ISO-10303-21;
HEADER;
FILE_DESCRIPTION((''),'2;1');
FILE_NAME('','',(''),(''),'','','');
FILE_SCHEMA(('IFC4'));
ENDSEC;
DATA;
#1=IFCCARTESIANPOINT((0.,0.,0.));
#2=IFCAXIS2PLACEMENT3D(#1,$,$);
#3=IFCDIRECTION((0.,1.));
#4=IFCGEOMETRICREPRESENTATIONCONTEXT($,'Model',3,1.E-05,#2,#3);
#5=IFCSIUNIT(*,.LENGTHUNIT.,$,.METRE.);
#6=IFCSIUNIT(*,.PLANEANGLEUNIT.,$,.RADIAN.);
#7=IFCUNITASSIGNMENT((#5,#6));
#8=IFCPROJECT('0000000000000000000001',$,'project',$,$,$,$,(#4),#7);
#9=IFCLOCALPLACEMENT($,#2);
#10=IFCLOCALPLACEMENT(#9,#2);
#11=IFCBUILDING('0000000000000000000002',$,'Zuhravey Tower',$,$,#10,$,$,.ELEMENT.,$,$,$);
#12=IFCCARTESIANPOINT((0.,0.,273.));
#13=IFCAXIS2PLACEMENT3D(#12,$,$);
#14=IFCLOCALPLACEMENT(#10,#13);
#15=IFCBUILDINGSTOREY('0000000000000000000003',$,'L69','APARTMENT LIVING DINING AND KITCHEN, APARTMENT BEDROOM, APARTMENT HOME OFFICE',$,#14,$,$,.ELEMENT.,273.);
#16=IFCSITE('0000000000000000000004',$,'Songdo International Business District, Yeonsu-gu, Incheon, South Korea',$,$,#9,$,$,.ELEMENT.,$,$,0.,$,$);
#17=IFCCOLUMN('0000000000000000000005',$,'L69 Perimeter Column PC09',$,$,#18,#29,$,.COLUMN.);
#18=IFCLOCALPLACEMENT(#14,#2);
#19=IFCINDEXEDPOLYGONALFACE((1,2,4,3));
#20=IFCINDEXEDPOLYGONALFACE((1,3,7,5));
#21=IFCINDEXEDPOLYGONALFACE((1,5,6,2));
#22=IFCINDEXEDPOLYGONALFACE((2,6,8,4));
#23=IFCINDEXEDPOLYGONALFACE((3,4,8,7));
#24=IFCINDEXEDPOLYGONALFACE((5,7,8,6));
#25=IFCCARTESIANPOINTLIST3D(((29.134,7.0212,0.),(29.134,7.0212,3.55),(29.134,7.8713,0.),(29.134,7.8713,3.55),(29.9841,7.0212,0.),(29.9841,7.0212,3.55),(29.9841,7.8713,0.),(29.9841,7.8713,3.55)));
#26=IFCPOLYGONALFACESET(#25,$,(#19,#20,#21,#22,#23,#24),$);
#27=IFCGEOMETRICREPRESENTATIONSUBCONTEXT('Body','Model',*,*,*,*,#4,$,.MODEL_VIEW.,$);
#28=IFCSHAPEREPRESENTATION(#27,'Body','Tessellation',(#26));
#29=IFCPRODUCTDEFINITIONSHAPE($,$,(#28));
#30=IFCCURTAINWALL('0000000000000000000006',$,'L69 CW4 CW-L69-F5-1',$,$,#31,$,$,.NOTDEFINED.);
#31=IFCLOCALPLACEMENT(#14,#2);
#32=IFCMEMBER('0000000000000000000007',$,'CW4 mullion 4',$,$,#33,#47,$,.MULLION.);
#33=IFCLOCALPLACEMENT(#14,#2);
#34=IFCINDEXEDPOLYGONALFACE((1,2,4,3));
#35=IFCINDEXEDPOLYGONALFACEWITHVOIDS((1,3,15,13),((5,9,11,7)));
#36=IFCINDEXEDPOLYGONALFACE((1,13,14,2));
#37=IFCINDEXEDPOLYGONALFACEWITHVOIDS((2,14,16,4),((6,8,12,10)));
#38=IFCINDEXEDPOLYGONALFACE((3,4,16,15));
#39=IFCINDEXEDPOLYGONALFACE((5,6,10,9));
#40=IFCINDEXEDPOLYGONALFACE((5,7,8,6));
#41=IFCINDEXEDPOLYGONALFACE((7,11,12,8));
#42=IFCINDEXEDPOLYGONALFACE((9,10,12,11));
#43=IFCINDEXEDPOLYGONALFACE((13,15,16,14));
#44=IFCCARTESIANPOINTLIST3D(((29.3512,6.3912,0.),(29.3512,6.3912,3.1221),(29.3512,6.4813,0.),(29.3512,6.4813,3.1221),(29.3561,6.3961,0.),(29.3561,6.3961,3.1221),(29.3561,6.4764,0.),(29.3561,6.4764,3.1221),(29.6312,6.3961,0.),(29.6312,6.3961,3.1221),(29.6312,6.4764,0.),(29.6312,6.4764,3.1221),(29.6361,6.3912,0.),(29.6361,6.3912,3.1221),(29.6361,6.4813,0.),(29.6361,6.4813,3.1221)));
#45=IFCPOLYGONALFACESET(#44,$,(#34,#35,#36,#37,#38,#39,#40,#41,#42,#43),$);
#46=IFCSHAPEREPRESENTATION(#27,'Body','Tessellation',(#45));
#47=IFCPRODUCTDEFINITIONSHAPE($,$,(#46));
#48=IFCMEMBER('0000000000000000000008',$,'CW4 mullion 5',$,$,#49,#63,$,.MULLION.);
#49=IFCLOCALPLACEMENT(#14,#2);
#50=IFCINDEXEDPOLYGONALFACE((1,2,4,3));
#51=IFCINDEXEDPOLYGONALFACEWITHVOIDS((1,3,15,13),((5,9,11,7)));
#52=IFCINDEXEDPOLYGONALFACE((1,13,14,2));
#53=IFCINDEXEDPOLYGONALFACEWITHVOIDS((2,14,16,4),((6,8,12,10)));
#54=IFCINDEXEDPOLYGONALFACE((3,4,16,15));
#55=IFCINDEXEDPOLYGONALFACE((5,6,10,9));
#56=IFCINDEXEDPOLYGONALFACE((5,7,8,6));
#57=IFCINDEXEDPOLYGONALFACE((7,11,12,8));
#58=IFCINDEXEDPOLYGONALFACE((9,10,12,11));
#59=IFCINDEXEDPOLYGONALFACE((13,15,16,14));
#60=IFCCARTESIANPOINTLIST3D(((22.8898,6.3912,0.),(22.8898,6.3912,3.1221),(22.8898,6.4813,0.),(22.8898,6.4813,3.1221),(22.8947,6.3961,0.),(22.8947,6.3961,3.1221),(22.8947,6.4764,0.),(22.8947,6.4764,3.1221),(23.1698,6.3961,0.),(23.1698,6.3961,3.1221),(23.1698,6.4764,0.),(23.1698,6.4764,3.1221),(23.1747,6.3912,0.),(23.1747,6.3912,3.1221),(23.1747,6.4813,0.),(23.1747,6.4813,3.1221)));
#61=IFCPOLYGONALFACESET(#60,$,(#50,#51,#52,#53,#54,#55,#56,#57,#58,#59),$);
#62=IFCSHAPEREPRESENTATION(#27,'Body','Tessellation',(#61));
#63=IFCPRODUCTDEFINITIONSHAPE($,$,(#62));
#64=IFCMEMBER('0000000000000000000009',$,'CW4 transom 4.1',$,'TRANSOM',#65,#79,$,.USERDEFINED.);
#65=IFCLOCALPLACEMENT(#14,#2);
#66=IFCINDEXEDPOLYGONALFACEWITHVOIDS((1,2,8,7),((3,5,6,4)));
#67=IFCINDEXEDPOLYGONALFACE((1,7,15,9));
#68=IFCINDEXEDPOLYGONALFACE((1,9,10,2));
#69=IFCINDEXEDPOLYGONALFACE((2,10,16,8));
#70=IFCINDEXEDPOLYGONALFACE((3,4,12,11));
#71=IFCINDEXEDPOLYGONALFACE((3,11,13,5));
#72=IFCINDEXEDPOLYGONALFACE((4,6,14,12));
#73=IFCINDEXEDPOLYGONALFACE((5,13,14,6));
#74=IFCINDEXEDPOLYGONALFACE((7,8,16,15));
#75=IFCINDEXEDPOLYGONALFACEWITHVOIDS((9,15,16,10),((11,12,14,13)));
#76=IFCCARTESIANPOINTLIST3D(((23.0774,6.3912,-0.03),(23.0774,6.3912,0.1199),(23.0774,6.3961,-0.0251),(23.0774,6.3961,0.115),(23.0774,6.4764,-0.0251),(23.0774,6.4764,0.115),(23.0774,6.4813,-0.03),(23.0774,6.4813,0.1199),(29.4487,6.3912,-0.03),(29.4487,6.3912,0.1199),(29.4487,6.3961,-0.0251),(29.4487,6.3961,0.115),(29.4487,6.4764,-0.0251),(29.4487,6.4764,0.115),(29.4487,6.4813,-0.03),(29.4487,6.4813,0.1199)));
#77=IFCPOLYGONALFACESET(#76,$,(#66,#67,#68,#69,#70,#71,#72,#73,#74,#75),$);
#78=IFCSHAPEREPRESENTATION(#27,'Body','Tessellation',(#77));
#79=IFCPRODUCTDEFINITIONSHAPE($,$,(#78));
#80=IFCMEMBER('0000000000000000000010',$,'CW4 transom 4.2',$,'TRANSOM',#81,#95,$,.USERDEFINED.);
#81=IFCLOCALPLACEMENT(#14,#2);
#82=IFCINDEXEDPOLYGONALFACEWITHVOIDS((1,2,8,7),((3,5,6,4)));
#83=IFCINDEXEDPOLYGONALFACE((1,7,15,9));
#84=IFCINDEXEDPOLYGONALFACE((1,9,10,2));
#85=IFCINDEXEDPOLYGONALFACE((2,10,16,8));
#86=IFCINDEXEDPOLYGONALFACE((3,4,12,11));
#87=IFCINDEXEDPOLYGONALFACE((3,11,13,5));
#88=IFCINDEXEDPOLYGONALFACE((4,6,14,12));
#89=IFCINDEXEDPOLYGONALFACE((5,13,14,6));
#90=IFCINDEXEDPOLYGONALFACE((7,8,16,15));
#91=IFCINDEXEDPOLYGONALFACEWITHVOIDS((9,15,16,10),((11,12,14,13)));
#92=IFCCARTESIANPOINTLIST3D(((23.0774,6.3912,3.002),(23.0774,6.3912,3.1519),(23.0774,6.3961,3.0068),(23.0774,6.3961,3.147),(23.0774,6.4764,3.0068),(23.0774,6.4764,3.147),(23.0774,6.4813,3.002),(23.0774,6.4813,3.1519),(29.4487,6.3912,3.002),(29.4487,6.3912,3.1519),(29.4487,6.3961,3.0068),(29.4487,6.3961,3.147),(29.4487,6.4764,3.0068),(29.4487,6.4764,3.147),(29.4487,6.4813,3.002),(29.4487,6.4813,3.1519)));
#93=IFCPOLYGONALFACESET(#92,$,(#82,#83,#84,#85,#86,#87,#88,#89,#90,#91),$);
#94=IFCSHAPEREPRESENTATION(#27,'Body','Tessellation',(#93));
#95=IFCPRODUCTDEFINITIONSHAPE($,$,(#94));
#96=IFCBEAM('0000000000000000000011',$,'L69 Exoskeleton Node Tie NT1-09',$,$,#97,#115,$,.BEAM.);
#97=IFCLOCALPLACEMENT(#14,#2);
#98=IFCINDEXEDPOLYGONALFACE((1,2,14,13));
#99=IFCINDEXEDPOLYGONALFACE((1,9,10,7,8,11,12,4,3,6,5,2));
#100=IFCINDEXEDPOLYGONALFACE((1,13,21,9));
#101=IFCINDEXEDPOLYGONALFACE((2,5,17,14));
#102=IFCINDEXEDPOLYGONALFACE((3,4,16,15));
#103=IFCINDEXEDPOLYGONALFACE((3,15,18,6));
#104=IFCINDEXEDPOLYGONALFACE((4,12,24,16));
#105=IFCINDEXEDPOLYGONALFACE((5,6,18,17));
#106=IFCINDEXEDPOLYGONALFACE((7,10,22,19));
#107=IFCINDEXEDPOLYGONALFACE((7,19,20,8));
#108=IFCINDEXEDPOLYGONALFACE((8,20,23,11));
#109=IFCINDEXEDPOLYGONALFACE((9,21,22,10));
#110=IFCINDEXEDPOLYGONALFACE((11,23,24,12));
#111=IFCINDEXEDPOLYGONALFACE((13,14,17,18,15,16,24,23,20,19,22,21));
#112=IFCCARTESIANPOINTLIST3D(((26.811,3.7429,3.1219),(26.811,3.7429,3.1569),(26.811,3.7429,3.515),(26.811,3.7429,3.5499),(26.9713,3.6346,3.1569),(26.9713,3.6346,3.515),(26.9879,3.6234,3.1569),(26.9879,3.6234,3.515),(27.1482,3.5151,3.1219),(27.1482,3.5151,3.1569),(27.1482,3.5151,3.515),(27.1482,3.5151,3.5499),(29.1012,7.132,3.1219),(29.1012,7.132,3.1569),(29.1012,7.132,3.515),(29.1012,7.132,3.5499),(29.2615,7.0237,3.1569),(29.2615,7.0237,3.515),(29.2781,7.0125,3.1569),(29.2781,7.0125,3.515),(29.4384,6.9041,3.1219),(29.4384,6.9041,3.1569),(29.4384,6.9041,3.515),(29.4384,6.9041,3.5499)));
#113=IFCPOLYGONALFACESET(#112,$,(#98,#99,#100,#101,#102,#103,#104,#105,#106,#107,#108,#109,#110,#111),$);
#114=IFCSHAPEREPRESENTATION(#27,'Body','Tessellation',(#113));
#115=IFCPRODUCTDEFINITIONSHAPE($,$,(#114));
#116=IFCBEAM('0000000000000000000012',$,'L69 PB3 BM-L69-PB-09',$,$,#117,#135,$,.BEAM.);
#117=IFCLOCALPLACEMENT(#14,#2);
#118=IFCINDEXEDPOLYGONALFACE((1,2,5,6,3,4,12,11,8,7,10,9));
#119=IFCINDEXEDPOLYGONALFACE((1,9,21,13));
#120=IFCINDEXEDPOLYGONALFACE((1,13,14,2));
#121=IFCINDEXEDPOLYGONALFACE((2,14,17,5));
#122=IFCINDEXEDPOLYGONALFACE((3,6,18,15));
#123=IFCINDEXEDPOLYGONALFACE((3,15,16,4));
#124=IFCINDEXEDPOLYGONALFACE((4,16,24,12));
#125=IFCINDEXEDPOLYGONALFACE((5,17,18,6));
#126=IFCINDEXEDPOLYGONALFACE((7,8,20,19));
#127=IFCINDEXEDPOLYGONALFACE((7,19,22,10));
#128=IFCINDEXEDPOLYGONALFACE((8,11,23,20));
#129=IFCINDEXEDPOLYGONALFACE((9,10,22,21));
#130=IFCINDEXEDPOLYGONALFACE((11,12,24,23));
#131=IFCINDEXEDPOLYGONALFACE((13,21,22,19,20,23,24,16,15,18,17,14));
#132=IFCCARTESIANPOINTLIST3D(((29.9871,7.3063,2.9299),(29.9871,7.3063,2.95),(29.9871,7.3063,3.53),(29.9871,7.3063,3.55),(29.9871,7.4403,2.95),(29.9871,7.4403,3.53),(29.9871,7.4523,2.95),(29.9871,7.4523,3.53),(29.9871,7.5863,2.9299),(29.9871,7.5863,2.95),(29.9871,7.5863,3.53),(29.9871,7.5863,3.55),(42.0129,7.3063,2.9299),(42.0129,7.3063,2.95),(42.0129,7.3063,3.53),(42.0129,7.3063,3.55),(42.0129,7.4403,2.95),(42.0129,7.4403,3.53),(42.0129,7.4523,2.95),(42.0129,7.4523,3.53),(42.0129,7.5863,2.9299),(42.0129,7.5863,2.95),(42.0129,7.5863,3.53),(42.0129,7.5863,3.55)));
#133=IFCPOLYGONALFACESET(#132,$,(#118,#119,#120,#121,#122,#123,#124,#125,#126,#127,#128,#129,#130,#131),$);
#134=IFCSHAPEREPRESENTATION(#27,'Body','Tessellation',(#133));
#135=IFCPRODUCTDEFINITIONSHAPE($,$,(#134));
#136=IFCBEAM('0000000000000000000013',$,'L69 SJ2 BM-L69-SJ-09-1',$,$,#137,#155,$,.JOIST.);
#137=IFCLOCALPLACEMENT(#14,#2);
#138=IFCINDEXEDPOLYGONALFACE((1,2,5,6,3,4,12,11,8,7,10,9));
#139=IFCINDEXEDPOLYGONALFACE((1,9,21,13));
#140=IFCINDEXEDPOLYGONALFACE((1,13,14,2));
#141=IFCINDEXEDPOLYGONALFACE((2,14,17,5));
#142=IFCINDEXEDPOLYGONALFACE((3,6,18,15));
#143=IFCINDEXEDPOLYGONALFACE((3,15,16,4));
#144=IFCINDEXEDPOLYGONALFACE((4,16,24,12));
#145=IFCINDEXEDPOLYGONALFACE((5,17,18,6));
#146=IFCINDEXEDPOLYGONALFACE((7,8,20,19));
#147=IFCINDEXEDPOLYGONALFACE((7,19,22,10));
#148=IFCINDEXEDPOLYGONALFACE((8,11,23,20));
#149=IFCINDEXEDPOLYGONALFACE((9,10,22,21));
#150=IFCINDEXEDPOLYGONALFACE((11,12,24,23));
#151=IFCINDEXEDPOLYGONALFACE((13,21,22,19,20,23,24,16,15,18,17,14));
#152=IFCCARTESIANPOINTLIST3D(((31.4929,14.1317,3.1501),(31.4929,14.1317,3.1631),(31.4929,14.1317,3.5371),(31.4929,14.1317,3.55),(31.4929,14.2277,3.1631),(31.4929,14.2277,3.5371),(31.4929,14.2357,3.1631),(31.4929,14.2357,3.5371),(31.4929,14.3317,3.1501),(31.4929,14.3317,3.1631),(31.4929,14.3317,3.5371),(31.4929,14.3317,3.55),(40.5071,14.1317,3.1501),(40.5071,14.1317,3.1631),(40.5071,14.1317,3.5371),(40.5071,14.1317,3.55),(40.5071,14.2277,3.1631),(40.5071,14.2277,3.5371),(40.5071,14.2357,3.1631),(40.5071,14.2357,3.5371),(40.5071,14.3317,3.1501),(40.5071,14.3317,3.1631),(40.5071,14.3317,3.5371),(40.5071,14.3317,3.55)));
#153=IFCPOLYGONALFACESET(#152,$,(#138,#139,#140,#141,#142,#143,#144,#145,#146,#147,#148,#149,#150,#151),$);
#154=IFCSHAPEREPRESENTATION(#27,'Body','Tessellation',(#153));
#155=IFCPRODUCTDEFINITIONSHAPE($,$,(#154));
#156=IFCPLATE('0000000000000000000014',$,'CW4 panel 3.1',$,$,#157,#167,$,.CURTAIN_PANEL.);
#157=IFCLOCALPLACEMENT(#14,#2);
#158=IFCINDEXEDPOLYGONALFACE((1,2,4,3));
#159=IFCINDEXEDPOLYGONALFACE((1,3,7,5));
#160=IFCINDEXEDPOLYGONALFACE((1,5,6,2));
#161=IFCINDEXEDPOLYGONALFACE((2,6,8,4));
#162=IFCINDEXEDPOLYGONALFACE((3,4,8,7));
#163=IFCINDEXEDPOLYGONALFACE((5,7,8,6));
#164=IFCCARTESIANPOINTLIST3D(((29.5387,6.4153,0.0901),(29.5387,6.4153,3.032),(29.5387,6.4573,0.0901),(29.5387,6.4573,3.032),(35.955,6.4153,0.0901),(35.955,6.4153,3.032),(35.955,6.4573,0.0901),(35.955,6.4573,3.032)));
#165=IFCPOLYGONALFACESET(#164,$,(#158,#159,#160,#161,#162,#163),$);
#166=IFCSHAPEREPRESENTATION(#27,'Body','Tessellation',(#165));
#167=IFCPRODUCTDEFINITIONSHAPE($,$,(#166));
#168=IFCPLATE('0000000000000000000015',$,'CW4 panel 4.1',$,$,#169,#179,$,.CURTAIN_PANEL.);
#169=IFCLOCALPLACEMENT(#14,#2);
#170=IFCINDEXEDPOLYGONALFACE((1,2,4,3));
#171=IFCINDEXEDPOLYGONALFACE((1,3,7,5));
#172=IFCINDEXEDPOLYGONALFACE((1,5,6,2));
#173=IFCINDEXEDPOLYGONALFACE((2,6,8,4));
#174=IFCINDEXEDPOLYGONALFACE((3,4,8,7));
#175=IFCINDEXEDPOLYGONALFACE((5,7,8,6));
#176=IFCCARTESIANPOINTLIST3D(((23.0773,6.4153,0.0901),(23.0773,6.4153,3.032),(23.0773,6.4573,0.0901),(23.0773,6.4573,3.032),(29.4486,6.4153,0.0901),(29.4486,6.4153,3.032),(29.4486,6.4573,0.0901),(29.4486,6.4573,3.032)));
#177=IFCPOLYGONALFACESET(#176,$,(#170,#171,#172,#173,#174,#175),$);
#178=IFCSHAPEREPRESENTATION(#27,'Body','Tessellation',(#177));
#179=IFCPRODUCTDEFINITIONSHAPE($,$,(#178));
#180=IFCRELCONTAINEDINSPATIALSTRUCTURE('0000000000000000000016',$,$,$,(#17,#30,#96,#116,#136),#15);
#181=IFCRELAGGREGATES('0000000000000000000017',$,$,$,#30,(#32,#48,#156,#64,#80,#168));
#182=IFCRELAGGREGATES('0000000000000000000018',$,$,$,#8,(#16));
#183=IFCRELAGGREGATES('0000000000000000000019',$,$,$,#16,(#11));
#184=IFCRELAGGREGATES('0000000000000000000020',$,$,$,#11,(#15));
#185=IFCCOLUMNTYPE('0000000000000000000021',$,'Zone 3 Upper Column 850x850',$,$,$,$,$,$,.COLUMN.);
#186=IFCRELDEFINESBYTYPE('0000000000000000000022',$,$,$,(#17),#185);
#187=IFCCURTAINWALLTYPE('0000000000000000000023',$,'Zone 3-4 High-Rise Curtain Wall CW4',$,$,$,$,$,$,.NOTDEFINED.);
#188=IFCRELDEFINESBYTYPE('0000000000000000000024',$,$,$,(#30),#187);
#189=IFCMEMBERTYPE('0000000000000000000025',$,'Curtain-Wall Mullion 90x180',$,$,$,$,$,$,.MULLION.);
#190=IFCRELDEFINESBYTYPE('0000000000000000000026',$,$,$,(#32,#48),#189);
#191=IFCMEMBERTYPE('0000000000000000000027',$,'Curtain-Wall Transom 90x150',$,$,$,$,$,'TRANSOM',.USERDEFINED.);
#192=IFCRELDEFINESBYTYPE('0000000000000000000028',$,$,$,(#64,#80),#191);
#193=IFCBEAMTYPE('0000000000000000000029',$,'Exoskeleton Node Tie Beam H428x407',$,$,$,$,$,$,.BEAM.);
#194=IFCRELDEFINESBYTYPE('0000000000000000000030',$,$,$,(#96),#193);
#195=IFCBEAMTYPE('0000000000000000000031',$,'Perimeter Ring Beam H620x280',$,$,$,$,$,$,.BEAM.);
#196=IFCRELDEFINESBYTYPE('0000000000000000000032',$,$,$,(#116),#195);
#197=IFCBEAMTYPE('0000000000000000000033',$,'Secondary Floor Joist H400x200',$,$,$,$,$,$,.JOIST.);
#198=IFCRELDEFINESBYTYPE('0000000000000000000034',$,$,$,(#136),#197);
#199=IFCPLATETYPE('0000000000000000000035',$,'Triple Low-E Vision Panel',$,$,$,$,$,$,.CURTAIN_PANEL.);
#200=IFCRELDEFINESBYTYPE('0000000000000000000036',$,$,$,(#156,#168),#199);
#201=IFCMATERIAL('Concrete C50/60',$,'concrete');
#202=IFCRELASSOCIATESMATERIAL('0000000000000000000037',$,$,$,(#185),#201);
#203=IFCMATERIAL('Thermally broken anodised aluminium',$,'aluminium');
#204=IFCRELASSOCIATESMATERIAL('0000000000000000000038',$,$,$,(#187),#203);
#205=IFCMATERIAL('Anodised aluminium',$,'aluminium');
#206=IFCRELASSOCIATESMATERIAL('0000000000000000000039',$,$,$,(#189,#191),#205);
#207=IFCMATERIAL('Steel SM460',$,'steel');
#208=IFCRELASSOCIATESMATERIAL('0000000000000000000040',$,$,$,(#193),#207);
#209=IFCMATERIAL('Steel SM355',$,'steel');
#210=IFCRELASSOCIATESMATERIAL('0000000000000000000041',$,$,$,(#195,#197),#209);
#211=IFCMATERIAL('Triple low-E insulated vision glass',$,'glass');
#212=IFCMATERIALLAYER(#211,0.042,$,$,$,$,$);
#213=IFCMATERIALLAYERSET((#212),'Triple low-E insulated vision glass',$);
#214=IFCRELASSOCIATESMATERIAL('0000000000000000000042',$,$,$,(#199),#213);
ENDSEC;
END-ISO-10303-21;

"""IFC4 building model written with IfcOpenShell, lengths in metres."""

from ifc_helpers import new_model, si_unit, direction, frame, origin, origin_2d, place, context, subcontext, project, spatial, rectangle, hollow_rectangle, i_section, extrude, material, layer, layer_set, material_profile, profile_set, type_object, element, aggregate, save


model = new_model("IFC4")

# Units and contexts
model_context = context("Model", 3, precision=1e-05, world=origin(), true_north=direction((0.0, 1.0)))
body_context = subcontext(model_context, "Body", "Model", "MODEL_VIEW")
ifc_project = project(units=[si_unit("LENGTHUNIT", "METRE"), si_unit("PLANEANGLEUNIT", "RADIAN")], contexts=[model_context])

# Site, building, storey
site_placement = place(None, origin())
site = spatial("IfcSite", under=ifc_project, at=site_placement, Name="Songdo International Business District, Yeonsu-gu, Incheon, South Korea", CompositionType="ELEMENT", RefElevation=0.0)
building_placement = place(site_placement, origin())
building = spatial("IfcBuilding", under=site, at=building_placement, Name="Zuhravey Tower", CompositionType="ELEMENT")
storey_placement = place(building_placement, frame((0.0, 0.0, 273.0)))
storey = spatial("IfcBuildingStorey", under=building, at=storey_placement, Name="L69", Description="APARTMENT LIVING DINING AND KITCHEN, APARTMENT BEDROOM, APARTMENT HOME OFFICE", CompositionType="ELEMENT", Elevation=273.0)

# Column
ifc_material_1 = material(Name="Concrete C50/60", Category="concrete")
ifc_material_profile_1 = material_profile(ifc_material_1, rectangle(XDim=0.8501, YDim=0.8501, at=origin_2d()), Name="RC-850x850")
ifc_profile_set_1 = profile_set([ifc_material_profile_1], Name="Concrete C50/60")
column_type = type_object("IfcColumnType", Name="Zone 3 Upper Column 850x850", PredefinedType="COLUMN", material=ifc_profile_set_1)
column_placement = place(storey_placement, frame((29.5591, 7.4463, 0.0), z_axis=(0.0, 0.0, 1.0), x_axis=(1.0, 0.0, 0.0)))
element("IfcColumn", 1, at=column_placement, inside=storey, type_object=column_type, Name="L69 Perimeter Column PC09", PredefinedType="COLUMN", context=body_context, shape_type="SweptSolid", body=[
    extrude(rectangle(XDim=0.8501, YDim=0.8501, at=origin_2d()), origin(), (0.0, 0.0, 1.0), 3.55),
])

# Curtain wall, members
ifc_material_2 = material(Name="Thermally broken anodised aluminium", Category="aluminium")
curtain_wall_type = type_object("IfcCurtainWallType", Name="Zone 3-4 High-Rise Curtain Wall CW4", PredefinedType="NOTDEFINED", material=ifc_material_2)
curtain_wall_placement = place(storey_placement, origin())
curtain_wall = element("IfcCurtainWall", 2, at=curtain_wall_placement, inside=storey, type_object=curtain_wall_type, Name="L69 CW4 CW-L69-F5-1", PredefinedType="NOTDEFINED")
ifc_material_3 = material(Name="Anodised aluminium", Category="aluminium")
ifc_material_profile_2 = material_profile(ifc_material_3, hollow_rectangle(XDim=0.0901, YDim=0.2849, WallThickness=0.0049, at=origin_2d()), Name="ALU-RHS-90x285x5")
ifc_profile_set_2 = profile_set([ifc_material_profile_2], Name="Anodised aluminium")
member_type_1 = type_object("IfcMemberType", Name="Curtain-Wall Mullion 90x180", PredefinedType="MULLION", material=ifc_profile_set_2)
member_1_placement = place(storey_placement, frame((29.4937, 6.4363, 0.0), z_axis=(0.0, 0.0, 1.0), x_axis=(0.0, -1.0, 0.0)))
member_1 = element("IfcMember", 3, at=member_1_placement, type_object=member_type_1, Name="CW4 mullion 4", PredefinedType="MULLION", context=body_context, shape_type="SweptSolid", body=[
    extrude(hollow_rectangle(XDim=0.0901, YDim=0.2849, WallThickness=0.0049, at=origin_2d()), origin(), (0.0, 0.0, 1.0), 3.1221),
])
member_2_placement = place(storey_placement, frame((23.0322, 6.4363, 0.0), z_axis=(0.0, 0.0, 1.0), x_axis=(0.0, -1.0, 0.0)))
member_2 = element("IfcMember", 4, at=member_2_placement, type_object=member_type_1, Name="CW4 mullion 5", PredefinedType="MULLION", context=body_context, shape_type="SweptSolid", body=[
    extrude(hollow_rectangle(XDim=0.0901, YDim=0.2849, WallThickness=0.0049, at=origin_2d()), origin(), (0.0, 0.0, 1.0), 3.1221),
])
ifc_material_profile_3 = material_profile(ifc_material_3, hollow_rectangle(XDim=0.0901, YDim=0.1499, WallThickness=0.0049, at=origin_2d()), Name="ALU-RHS-90x150x5")
ifc_profile_set_3 = profile_set([ifc_material_profile_3], Name="Anodised aluminium")
member_type_2 = type_object("IfcMemberType", Name="Curtain-Wall Transom 90x150", ElementType="TRANSOM", PredefinedType="USERDEFINED", material=ifc_profile_set_3)
member_3_placement = place(storey_placement, frame((29.4487, 6.4363, 0.0449), z_axis=(-1.0, 0.0, 0.0), x_axis=(0.0, -1.0, 0.0)))
member_3 = element("IfcMember", 5, at=member_3_placement, type_object=member_type_2, Name="CW4 transom 4.1", ObjectType="TRANSOM", PredefinedType="USERDEFINED", context=body_context, shape_type="SweptSolid", body=[
    extrude(hollow_rectangle(XDim=0.0901, YDim=0.1499, WallThickness=0.0049, at=origin_2d()), origin(), (0.0, 0.0, 1.0), 6.3713),
])
member_4_placement = place(storey_placement, frame((29.4487, 6.4363, 3.0769), z_axis=(-1.0, 0.0, 0.0), x_axis=(0.0, -1.0, 0.0)))
member_4 = element("IfcMember", 6, at=member_4_placement, type_object=member_type_2, Name="CW4 transom 4.2", ObjectType="TRANSOM", PredefinedType="USERDEFINED", context=body_context, shape_type="SweptSolid", body=[
    extrude(hollow_rectangle(XDim=0.0901, YDim=0.1499, WallThickness=0.0049, at=origin_2d()), origin(), (0.0, 0.0, 1.0), 6.3713),
])

# Beams
ifc_material_4 = material(Name="Steel SM460", Category="steel")
ifc_material_profile_4 = material_profile(ifc_material_4, i_section(OverallWidth=0.407, OverallDepth=0.428, WebThickness=0.02, FlangeThickness=0.0349, at=origin_2d()), Name="H-428x407x20x35")
ifc_profile_set_4 = profile_set([ifc_material_profile_4], Name="Steel SM460")
beam_type_1 = type_object("IfcBeamType", Name="Exoskeleton Node Tie Beam H428x407", PredefinedType="BEAM", material=ifc_profile_set_4)
beam_1_placement = place(storey_placement, frame((29.2698, 7.0181, 3.3359), z_axis=(-0.559909, -0.828554, 0.0), x_axis=(0.828554, -0.559909, 0.0)))
element("IfcBeam", 7, at=beam_1_placement, inside=storey, type_object=beam_type_1, Name="L69 Exoskeleton Node Tie NT1-09", PredefinedType="BEAM", context=body_context, shape_type="SweptSolid", body=[
    extrude(i_section(OverallWidth=0.407, OverallDepth=0.428, WebThickness=0.02, FlangeThickness=0.0349, at=origin_2d()), origin(), (0.0, 0.0, 1.0), 4.0903),
])
ifc_material_5 = material(Name="Steel SM355", Category="steel")
ifc_material_profile_5 = material_profile(ifc_material_5, i_section(OverallWidth=0.28, OverallDepth=0.6201, WebThickness=0.012, FlangeThickness=0.02, at=origin_2d()), Name="H-620x280x12x20")
ifc_profile_set_5 = profile_set([ifc_material_profile_5], Name="Steel SM355")
beam_type_2 = type_object("IfcBeamType", Name="Perimeter Ring Beam H620x280", PredefinedType="BEAM", material=ifc_profile_set_5)
beam_2_placement = place(storey_placement, frame((29.9871, 7.4463, 3.24), z_axis=(1.0, 0.0, 0.0), x_axis=(0.0, 1.0, 0.0)))
element("IfcBeam", 8, at=beam_2_placement, inside=storey, type_object=beam_type_2, Name="L69 PB3 BM-L69-PB-09", PredefinedType="BEAM", context=body_context, shape_type="SweptSolid", body=[
    extrude(i_section(OverallWidth=0.28, OverallDepth=0.6201, WebThickness=0.012, FlangeThickness=0.02, at=origin_2d()), origin(), (0.0, 0.0, 1.0), 12.0259),
])
ifc_material_profile_6 = material_profile(ifc_material_5, i_section(OverallWidth=0.2, OverallDepth=0.3999, WebThickness=0.0081, FlangeThickness=0.0129, at=origin_2d()), Name="H-400x200x8x13")
ifc_profile_set_6 = profile_set([ifc_material_profile_6], Name="Steel SM355")
beam_type_3 = type_object("IfcBeamType", Name="Secondary Floor Joist H400x200", PredefinedType="JOIST", material=ifc_profile_set_6)
beam_3_placement = place(storey_placement, frame((31.4929, 14.2317, 3.3501), z_axis=(1.0, 0.0, 0.0), x_axis=(0.0, 1.0, 0.0)))
element("IfcBeam", 9, at=beam_3_placement, inside=storey, type_object=beam_type_3, Name="L69 SJ2 BM-L69-SJ-09-1", PredefinedType="JOIST", context=body_context, shape_type="SweptSolid", body=[
    extrude(i_section(OverallWidth=0.2, OverallDepth=0.3999, WebThickness=0.0081, FlangeThickness=0.0129, at=origin_2d()), origin(), (0.0, 0.0, 1.0), 9.0142),
])

# Plates
ifc_material_6 = material(Name="Triple low-E insulated vision glass", Category="glass")
ifc_layer_1 = layer(ifc_material_6, 0.042)
ifc_layer_set_1 = layer_set([ifc_layer_1], Name="Triple low-E insulated vision glass")
plate_type = type_object("IfcPlateType", Name="Triple Low-E Vision Panel", PredefinedType="CURTAIN_PANEL", material=ifc_layer_set_1)
plate_1_placement = place(storey_placement, frame((32.7468, 6.4363, 0.0901), z_axis=(0.0, 0.0, 1.0), x_axis=(-1.0, 0.0, 0.0)))
plate_1 = element("IfcPlate", 10, at=plate_1_placement, type_object=plate_type, Name="CW4 panel 3.1", PredefinedType="CURTAIN_PANEL", context=body_context, shape_type="SweptSolid", body=[
    extrude(rectangle(XDim=6.4163, YDim=0.042, at=origin_2d()), origin(), (0.0, 0.0, 1.0), 2.9419),
])
plate_2_placement = place(storey_placement, frame((26.2629, 6.4363, 0.0901), z_axis=(0.0, 0.0, 1.0), x_axis=(-1.0, 0.0, 0.0)))
plate_2 = element("IfcPlate", 11, at=plate_2_placement, type_object=plate_type, Name="CW4 panel 4.1", PredefinedType="CURTAIN_PANEL", context=body_context, shape_type="SweptSolid", body=[
    extrude(rectangle(XDim=6.3713, YDim=0.042, at=origin_2d()), origin(), (0.0, 0.0, 1.0), 2.9419),
])
aggregate(curtain_wall, [member_1, member_2, plate_1, member_3, member_4, plate_2])

save(model, "model.ifc")
